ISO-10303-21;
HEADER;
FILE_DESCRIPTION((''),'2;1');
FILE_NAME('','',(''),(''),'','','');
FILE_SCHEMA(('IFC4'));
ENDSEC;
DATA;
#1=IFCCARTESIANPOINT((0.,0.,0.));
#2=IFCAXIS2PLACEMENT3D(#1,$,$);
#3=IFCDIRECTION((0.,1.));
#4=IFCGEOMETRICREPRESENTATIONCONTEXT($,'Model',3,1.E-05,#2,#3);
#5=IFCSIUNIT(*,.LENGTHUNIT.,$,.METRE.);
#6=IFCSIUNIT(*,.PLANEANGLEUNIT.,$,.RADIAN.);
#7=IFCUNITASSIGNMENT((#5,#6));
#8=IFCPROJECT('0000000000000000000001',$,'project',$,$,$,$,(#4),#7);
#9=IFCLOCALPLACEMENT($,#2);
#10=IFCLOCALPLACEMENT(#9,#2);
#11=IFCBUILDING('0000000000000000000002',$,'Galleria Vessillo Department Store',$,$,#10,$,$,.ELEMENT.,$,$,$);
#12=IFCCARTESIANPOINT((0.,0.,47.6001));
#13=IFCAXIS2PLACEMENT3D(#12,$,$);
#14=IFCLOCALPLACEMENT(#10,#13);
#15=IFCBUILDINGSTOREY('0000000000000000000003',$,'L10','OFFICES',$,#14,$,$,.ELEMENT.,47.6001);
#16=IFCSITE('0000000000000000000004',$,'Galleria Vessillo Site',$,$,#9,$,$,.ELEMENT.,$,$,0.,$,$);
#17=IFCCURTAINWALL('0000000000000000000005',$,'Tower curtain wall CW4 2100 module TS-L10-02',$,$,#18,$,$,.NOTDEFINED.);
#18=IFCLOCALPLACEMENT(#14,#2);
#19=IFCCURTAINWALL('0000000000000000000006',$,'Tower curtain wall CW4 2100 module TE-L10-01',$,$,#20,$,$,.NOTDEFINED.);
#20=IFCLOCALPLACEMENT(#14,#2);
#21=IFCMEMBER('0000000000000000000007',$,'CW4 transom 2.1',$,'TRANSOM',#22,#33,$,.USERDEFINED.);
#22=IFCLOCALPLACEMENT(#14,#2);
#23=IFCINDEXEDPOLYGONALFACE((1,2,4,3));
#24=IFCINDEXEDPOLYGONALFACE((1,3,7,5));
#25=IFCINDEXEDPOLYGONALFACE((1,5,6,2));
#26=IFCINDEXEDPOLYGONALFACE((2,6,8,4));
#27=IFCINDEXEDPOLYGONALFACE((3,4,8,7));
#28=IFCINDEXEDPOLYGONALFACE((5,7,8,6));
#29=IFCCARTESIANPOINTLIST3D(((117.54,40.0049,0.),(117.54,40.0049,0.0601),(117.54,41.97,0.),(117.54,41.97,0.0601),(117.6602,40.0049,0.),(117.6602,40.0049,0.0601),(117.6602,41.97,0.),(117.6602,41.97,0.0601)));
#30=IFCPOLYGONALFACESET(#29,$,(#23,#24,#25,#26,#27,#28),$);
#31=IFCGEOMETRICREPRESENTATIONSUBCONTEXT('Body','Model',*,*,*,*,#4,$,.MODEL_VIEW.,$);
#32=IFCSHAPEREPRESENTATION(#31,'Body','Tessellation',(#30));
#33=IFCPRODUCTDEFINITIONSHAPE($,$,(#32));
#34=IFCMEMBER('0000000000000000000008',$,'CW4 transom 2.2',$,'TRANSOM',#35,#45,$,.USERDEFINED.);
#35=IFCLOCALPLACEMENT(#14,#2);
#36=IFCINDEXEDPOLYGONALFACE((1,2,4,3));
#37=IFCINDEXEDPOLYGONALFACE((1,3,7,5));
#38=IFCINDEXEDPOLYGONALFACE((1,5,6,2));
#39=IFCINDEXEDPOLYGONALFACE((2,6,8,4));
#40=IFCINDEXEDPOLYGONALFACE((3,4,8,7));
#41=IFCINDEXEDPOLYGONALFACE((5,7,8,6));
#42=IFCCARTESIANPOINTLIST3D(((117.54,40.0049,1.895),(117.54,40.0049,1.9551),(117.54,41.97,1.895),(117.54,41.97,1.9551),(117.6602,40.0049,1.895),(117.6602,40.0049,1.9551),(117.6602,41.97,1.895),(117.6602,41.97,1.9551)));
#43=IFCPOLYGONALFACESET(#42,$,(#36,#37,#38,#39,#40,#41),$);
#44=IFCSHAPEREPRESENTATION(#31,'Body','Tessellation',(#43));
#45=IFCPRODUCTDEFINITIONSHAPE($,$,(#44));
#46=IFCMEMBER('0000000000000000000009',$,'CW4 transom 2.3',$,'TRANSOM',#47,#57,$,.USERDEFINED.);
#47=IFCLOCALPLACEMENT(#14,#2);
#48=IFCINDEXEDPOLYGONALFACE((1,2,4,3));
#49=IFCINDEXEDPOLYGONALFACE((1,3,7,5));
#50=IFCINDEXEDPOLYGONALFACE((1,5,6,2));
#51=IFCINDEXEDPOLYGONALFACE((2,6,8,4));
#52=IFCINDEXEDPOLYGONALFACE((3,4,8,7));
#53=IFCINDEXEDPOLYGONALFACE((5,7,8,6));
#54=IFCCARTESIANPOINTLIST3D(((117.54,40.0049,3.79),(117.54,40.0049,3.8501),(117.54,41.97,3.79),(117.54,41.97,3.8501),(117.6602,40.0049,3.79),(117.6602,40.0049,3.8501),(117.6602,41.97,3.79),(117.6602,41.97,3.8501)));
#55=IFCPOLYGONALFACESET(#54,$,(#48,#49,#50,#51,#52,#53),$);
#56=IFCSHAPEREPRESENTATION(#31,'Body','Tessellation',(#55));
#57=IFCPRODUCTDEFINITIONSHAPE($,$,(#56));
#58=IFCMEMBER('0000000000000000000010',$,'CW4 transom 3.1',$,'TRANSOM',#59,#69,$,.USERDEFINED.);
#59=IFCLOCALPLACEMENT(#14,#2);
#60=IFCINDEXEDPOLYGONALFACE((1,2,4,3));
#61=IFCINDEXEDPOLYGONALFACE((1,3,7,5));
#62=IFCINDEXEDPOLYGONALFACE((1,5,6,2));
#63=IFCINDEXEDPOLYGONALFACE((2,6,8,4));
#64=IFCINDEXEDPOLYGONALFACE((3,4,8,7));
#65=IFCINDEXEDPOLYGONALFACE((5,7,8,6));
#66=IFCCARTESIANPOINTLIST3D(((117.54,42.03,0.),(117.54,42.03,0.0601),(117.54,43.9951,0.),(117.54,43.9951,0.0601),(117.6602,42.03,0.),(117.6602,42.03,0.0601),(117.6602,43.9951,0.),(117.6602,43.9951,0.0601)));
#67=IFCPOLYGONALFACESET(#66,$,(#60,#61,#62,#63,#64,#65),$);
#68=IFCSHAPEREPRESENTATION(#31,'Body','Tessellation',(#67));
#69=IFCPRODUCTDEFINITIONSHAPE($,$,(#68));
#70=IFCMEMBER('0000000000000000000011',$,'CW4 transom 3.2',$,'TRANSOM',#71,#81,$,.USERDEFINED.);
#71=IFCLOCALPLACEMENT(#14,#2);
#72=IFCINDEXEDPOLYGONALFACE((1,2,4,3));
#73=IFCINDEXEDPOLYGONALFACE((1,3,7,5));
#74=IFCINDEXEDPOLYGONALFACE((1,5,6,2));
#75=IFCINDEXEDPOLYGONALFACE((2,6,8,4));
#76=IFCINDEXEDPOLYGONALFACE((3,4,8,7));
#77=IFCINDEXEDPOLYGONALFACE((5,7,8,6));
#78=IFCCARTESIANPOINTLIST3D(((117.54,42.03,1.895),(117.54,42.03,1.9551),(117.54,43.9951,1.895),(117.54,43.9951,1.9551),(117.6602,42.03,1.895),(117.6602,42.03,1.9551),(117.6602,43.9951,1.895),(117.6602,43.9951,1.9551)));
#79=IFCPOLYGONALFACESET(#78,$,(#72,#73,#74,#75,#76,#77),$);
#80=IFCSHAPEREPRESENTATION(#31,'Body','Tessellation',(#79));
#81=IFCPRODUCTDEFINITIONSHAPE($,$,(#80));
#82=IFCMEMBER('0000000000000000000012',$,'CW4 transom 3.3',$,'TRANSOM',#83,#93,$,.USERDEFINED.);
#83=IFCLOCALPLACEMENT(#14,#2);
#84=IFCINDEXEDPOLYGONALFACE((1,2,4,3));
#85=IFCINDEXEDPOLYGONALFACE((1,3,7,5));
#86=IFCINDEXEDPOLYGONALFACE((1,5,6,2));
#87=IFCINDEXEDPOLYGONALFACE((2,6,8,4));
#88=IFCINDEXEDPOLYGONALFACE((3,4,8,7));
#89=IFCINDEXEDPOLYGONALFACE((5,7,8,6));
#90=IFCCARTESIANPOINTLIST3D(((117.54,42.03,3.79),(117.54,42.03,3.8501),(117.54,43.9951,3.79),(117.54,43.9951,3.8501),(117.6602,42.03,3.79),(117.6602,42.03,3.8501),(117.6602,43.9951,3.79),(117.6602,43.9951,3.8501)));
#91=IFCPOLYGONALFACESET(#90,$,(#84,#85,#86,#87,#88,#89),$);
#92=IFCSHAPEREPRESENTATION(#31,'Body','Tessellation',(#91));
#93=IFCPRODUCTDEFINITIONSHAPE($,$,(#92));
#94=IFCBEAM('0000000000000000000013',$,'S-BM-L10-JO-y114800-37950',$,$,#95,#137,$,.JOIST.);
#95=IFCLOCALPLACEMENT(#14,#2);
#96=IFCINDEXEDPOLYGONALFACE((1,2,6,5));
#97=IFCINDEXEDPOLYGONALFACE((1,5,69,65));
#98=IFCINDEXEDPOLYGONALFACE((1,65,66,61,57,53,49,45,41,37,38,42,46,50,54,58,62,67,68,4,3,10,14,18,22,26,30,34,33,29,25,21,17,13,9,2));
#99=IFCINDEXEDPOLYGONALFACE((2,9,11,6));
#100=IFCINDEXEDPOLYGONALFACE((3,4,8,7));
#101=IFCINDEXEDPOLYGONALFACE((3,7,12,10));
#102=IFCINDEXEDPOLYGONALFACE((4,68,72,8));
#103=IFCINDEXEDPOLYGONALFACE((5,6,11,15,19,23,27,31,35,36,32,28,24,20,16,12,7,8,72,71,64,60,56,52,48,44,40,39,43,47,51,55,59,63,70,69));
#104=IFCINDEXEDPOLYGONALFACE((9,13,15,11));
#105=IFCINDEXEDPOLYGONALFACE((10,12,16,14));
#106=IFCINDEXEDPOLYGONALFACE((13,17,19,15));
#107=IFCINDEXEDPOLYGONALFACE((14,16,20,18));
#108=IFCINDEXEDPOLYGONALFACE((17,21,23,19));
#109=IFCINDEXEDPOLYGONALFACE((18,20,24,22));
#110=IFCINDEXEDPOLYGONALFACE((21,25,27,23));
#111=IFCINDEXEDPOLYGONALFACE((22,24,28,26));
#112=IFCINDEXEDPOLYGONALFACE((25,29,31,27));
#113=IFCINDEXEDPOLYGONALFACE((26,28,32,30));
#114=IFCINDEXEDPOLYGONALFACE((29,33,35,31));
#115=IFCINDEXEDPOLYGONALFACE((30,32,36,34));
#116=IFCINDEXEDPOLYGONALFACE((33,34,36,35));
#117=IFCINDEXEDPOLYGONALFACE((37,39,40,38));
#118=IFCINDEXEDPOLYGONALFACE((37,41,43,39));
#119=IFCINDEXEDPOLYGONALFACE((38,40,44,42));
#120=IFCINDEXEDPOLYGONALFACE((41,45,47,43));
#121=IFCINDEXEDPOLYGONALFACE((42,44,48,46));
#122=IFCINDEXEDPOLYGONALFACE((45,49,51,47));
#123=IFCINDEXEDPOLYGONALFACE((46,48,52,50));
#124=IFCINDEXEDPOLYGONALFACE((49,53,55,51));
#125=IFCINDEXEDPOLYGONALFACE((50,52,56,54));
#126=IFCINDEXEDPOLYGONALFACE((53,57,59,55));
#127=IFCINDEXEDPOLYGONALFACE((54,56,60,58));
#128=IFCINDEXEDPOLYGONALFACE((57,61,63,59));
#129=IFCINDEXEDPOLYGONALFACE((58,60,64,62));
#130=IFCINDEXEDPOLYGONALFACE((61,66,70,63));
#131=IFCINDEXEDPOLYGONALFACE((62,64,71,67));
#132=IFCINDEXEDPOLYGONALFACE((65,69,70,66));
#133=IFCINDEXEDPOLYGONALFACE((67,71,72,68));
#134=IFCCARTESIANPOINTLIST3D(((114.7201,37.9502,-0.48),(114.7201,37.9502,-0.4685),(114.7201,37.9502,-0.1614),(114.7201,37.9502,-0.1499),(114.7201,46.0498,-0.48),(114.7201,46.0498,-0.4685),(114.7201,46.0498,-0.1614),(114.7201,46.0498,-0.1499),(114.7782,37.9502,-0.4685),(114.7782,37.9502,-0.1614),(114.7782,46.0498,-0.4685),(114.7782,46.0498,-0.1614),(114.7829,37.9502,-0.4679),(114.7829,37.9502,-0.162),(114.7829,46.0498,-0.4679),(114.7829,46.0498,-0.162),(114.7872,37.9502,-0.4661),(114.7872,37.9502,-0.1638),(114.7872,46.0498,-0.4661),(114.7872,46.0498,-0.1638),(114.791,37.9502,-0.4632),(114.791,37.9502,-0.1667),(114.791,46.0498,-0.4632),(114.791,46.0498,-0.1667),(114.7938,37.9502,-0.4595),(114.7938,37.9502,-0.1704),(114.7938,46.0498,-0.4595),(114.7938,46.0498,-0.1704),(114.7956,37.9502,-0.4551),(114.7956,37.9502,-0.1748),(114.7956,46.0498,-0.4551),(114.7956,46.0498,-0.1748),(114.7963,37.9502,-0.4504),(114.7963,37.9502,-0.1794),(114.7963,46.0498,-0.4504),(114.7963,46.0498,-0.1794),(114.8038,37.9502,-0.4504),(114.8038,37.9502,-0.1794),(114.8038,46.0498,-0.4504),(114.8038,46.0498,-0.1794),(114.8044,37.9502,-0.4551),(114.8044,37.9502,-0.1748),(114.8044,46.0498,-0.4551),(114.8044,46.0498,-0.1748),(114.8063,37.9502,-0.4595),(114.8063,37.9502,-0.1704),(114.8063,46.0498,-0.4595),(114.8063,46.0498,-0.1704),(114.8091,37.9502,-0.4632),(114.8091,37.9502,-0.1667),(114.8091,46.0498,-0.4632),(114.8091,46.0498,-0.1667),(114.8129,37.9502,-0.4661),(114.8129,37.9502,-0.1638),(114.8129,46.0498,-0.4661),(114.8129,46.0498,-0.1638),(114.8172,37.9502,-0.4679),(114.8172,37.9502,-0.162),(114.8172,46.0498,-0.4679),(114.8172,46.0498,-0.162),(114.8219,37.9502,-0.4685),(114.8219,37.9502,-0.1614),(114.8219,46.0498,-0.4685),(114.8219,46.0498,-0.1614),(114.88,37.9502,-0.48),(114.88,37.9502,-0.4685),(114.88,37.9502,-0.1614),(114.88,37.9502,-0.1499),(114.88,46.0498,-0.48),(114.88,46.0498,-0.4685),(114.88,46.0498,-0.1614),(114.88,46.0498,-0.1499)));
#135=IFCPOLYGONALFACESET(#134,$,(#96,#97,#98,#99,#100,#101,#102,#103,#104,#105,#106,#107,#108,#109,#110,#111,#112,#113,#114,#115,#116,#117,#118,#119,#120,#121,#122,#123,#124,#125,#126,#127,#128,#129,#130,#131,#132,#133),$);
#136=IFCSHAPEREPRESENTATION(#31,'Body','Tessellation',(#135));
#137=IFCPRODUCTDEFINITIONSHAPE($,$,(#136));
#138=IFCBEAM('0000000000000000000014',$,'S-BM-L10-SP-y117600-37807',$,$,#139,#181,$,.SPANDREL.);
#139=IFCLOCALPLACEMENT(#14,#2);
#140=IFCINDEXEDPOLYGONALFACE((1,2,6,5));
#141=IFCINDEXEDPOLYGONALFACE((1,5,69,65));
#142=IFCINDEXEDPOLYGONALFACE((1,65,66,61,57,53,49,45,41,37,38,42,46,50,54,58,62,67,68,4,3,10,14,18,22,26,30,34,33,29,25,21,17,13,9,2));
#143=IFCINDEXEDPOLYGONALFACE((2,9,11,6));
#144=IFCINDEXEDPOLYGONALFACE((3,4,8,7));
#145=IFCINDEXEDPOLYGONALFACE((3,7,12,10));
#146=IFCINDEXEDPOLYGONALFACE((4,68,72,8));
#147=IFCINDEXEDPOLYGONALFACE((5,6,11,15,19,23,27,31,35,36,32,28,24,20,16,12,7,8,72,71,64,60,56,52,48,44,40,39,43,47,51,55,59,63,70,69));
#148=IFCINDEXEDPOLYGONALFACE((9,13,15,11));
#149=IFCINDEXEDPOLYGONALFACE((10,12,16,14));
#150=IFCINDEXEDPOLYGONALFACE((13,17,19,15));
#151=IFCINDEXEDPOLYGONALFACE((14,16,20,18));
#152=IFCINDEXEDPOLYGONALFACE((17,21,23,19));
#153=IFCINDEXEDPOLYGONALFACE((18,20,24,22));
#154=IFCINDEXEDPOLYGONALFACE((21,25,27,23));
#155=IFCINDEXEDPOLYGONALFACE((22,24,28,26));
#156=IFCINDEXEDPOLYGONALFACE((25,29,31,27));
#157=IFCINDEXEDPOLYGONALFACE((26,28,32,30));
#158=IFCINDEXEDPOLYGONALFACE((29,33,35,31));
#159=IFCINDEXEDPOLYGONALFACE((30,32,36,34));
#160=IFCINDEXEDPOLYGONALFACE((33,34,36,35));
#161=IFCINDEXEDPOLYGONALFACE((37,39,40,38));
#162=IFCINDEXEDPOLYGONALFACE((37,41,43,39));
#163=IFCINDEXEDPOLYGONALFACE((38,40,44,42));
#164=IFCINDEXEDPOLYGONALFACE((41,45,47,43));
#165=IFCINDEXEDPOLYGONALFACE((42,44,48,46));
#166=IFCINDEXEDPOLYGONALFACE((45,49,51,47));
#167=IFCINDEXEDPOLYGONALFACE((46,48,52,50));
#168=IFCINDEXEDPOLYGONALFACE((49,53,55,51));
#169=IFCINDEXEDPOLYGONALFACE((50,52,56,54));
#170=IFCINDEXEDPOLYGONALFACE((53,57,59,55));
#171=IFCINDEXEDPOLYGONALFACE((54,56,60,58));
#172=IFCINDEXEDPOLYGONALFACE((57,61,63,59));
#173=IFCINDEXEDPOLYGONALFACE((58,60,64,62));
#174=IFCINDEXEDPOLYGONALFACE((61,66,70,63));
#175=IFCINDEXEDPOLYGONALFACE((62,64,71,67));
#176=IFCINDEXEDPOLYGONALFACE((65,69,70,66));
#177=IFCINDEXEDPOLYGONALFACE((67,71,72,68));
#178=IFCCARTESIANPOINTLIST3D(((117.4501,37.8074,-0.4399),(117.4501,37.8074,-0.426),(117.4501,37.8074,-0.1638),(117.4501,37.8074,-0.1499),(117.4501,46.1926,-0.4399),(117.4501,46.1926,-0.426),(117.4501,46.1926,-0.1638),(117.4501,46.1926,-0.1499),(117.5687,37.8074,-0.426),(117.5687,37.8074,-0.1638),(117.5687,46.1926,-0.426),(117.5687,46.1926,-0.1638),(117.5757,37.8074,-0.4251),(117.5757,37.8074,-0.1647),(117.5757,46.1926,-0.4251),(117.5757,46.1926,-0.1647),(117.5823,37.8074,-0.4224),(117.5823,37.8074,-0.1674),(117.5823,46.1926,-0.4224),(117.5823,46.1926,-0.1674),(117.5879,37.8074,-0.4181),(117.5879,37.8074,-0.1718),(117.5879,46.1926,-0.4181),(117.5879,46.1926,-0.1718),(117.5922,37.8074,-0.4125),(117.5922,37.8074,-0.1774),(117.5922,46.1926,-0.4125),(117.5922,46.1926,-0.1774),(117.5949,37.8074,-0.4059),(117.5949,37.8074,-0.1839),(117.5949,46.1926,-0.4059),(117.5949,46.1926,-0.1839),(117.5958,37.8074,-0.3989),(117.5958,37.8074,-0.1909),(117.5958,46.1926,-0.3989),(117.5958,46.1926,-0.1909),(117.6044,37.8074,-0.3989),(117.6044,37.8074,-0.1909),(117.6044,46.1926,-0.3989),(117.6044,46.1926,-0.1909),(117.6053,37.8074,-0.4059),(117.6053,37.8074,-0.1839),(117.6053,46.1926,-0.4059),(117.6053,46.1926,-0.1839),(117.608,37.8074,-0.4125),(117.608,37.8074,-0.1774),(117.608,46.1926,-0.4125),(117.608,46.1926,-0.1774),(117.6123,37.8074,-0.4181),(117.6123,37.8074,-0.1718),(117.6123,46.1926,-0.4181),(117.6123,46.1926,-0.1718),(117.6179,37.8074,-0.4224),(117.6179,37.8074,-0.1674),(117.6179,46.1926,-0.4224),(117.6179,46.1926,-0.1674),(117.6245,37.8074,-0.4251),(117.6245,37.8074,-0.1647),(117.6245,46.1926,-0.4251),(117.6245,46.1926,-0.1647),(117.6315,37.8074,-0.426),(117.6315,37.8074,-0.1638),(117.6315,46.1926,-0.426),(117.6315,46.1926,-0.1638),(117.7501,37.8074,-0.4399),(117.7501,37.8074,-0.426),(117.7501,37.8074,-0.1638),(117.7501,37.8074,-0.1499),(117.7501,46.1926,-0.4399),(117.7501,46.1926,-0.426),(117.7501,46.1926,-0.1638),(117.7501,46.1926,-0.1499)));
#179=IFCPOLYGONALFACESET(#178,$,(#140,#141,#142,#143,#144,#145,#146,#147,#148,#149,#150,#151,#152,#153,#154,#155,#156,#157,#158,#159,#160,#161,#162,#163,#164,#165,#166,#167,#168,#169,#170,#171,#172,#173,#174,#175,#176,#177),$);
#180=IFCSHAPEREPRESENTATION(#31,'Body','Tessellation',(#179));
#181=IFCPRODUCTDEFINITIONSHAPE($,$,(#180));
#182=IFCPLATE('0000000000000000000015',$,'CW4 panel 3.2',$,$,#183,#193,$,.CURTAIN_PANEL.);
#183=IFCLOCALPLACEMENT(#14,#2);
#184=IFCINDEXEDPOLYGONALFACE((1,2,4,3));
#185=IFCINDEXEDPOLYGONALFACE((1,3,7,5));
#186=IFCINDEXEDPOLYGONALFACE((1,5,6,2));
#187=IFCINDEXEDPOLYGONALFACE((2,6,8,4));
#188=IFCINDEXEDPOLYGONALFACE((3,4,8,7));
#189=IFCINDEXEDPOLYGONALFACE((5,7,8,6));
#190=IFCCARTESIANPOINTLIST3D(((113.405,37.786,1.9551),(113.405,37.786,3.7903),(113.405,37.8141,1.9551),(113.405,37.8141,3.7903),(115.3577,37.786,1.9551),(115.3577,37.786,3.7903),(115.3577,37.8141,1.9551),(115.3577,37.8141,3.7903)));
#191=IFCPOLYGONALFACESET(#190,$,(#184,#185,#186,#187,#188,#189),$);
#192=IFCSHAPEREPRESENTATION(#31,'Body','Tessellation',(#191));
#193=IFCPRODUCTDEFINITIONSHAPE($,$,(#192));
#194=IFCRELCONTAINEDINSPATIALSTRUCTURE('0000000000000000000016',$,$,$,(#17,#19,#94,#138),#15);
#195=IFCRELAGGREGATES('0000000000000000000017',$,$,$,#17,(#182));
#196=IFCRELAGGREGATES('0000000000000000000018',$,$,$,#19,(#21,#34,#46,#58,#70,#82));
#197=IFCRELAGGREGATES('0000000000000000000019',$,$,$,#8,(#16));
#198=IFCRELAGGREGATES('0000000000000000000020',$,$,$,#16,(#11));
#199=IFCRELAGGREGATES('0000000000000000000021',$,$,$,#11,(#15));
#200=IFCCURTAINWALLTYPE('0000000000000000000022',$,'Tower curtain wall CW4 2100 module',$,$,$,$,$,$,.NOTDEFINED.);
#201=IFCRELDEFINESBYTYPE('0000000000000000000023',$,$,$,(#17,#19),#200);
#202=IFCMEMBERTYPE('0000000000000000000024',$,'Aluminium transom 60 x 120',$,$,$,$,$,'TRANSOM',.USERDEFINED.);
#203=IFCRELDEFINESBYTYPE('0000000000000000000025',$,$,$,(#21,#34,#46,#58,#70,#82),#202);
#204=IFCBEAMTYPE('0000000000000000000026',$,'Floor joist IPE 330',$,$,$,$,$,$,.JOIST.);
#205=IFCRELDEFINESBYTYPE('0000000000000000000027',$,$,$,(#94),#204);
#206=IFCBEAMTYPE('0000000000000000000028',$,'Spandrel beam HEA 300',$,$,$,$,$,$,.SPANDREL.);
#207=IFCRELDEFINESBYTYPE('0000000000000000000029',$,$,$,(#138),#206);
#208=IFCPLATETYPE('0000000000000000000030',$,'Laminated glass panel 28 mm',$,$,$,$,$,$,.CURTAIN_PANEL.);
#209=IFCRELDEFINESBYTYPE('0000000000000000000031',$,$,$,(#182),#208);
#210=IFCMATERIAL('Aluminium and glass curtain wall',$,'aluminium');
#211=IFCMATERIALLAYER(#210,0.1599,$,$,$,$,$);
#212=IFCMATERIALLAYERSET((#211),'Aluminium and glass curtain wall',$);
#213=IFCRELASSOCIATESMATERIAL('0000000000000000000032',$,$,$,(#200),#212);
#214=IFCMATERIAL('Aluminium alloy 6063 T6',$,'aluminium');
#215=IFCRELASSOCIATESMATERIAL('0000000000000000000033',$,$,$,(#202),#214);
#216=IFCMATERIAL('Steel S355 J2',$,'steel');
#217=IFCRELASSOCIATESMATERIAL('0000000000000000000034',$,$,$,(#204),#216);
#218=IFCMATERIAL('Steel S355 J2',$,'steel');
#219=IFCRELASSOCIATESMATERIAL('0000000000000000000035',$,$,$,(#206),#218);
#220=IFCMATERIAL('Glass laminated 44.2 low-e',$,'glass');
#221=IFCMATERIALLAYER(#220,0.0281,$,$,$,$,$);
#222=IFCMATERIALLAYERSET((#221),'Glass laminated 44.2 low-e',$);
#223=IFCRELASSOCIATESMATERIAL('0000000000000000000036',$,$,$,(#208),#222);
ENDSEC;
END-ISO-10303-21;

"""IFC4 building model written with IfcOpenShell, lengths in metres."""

from ifc_helpers import new_model, si_unit, direction, frame, origin, origin_2d, place, context, subcontext, project, spatial, rectangle, i_section, extrude, material, layer, layer_set, material_profile, profile_set, type_object, element, aggregate, save


model = new_model("IFC4")

# Units and contexts
model_context = context("Model", 3, precision=1e-05, world=origin(), true_north=direction((0.0, 1.0)))
body_context = subcontext(model_context, "Body", "Model", "MODEL_VIEW")
ifc_project = project(units=[si_unit("LENGTHUNIT", "METRE"), si_unit("PLANEANGLEUNIT", "RADIAN")], contexts=[model_context])

# Site, building, storey
site_placement = place(None, origin())
site = spatial("IfcSite", under=ifc_project, at=site_placement, Name="Galleria Vessillo Site", CompositionType="ELEMENT", RefElevation=0.0)
building_placement = place(site_placement, origin())
building = spatial("IfcBuilding", under=site, at=building_placement, Name="Galleria Vessillo Department Store", CompositionType="ELEMENT")
storey_placement = place(building_placement, frame((0.0, 0.0, 47.6001)))
storey = spatial("IfcBuildingStorey", under=building, at=storey_placement, Name="L10", Description="OFFICES", CompositionType="ELEMENT", Elevation=47.6001)

# Curtain walls
ifc_material_1 = material(Name="Aluminium and glass curtain wall", Category="aluminium")
ifc_layer_1 = layer(ifc_material_1, 0.1599)
ifc_layer_set_1 = layer_set([ifc_layer_1], Name="Aluminium and glass curtain wall")
curtain_wall_type = type_object("IfcCurtainWallType", Name="Tower curtain wall CW4 2100 module", PredefinedType="NOTDEFINED", material=ifc_layer_set_1)
curtain_wall_1_placement = place(storey_placement, origin())
curtain_wall_1 = element("IfcCurtainWall", 1, at=curtain_wall_1_placement, inside=storey, type_object=curtain_wall_type, Name="Tower curtain wall CW4 2100 module TS-L10-02", PredefinedType="NOTDEFINED")
curtain_wall_2_placement = place(storey_placement, origin())
curtain_wall_2 = element("IfcCurtainWall", 2, at=curtain_wall_2_placement, inside=storey, type_object=curtain_wall_type, Name="Tower curtain wall CW4 2100 module TE-L10-01", PredefinedType="NOTDEFINED")

# Members
ifc_material_2 = material(Name="Aluminium alloy 6063 T6", Category="aluminium")
ifc_material_profile_1 = material_profile(ifc_material_2, rectangle(XDim=0.1201, YDim=0.0601, at=origin_2d()), Name="AL 60x120")
ifc_profile_set_1 = profile_set([ifc_material_profile_1], Name="Aluminium alloy 6063 T6")
member_type_1 = type_object("IfcMemberType", Name="Aluminium transom 60 x 120", ElementType="TRANSOM", PredefinedType="USERDEFINED", material=ifc_profile_set_1)
member_1_placement = place(storey_placement, frame((117.6001, 40.0049, 0.03), z_axis=(0.0, 1.0, 0.0), x_axis=(-1.0, 0.0, 0.0)))
member_1 = element("IfcMember", 3, at=member_1_placement, type_object=member_type_1, Name="CW4 transom 2.1", ObjectType="TRANSOM", PredefinedType="USERDEFINED", context=body_context, shape_type="SweptSolid", body=[
    extrude(rectangle(XDim=0.1201, YDim=0.0601, at=origin_2d()), origin(), (0.0, 0.0, 1.0), 1.9651),
])
member_2_placement = place(storey_placement, frame((117.6001, 40.0049, 1.925), z_axis=(0.0, 1.0, 0.0), x_axis=(-1.0, 0.0, 0.0)))
member_2 = element("IfcMember", 4, at=member_2_placement, type_object=member_type_1, Name="CW4 transom 2.2", ObjectType="TRANSOM", PredefinedType="USERDEFINED", context=body_context, shape_type="SweptSolid", body=[
    extrude(rectangle(XDim=0.1201, YDim=0.0601, at=origin_2d()), origin(), (0.0, 0.0, 1.0), 1.9651),
])
member_3_placement = place(storey_placement, frame((117.6001, 40.0049, 3.8201), z_axis=(0.0, 1.0, 0.0), x_axis=(-1.0, 0.0, 0.0)))
member_3 = element("IfcMember", 5, at=member_3_placement, type_object=member_type_1, Name="CW4 transom 2.3", ObjectType="TRANSOM", PredefinedType="USERDEFINED", context=body_context, shape_type="SweptSolid", body=[
    extrude(rectangle(XDim=0.1201, YDim=0.0601, at=origin_2d()), origin(), (0.0, 0.0, 1.0), 1.9651),
])
member_4_placement = place(storey_placement, frame((117.6001, 42.03, 0.03), z_axis=(0.0, 1.0, 0.0), x_axis=(-1.0, 0.0, 0.0)))
member_4 = element("IfcMember", 6, at=member_4_placement, type_object=member_type_1, Name="CW4 transom 3.1", ObjectType="TRANSOM", PredefinedType="USERDEFINED", context=body_context, shape_type="SweptSolid", body=[
    extrude(rectangle(XDim=0.1201, YDim=0.0601, at=origin_2d()), origin(), (0.0, 0.0, 1.0), 1.9651),
])
member_5_placement = place(storey_placement, frame((117.6001, 42.03, 1.925), z_axis=(0.0, 1.0, 0.0), x_axis=(-1.0, 0.0, 0.0)))
member_5 = element("IfcMember", 7, at=member_5_placement, type_object=member_type_1, Name="CW4 transom 3.2", ObjectType="TRANSOM", PredefinedType="USERDEFINED", context=body_context, shape_type="SweptSolid", body=[
    extrude(rectangle(XDim=0.1201, YDim=0.0601, at=origin_2d()), origin(), (0.0, 0.0, 1.0), 1.9651),
])
member_6_placement = place(storey_placement, frame((117.6001, 42.03, 3.8201), z_axis=(0.0, 1.0, 0.0), x_axis=(-1.0, 0.0, 0.0)))
member_6 = element("IfcMember", 8, at=member_6_placement, type_object=member_type_1, Name="CW4 transom 3.3", ObjectType="TRANSOM", PredefinedType="USERDEFINED", context=body_context, shape_type="SweptSolid", body=[
    extrude(rectangle(XDim=0.1201, YDim=0.0601, at=origin_2d()), origin(), (0.0, 0.0, 1.0), 1.9651),
])

# Beams
ifc_material_3 = material(Name="Steel S355 J2", Category="steel")
ifc_material_profile_2 = material_profile(ifc_material_3, i_section(OverallWidth=0.1599, OverallDepth=0.3301, WebThickness=0.0076, FlangeThickness=0.0115, FilletRadius=0.0181, at=origin_2d()), Name="IPE 330")
ifc_profile_set_2 = profile_set([ifc_material_profile_2], Name="Steel S355 J2")
beam_type_1 = type_object("IfcBeamType", Name="Floor joist IPE 330", PredefinedType="JOIST", material=ifc_profile_set_2)
beam_1_placement = place(storey_placement, frame((114.8, 37.9502, -0.3149), z_axis=(0.0, 1.0, 0.0), x_axis=(-1.0, 0.0, 0.0)))
element("IfcBeam", 9, at=beam_1_placement, inside=storey, type_object=beam_type_1, Name="S-BM-L10-JO-y114800-37950", PredefinedType="JOIST", context=body_context, shape_type="SweptSolid", body=[
    extrude(i_section(OverallWidth=0.1599, OverallDepth=0.3301, WebThickness=0.0076, FlangeThickness=0.0115, FilletRadius=0.0181, at=origin_2d()), origin(), (0.0, 0.0, 1.0), 8.0996),
])
ifc_material_4 = material(Name="Steel S355 J2", Category="steel")
ifc_material_profile_3 = material_profile(ifc_material_4, i_section(OverallWidth=0.3, OverallDepth=0.29, WebThickness=0.0085, FlangeThickness=0.0139, FilletRadius=0.0271, at=origin_2d()), Name="HEA 300")
ifc_profile_set_3 = profile_set([ifc_material_profile_3], Name="Steel S355 J2")
beam_type_2 = type_object("IfcBeamType", Name="Spandrel beam HEA 300", PredefinedType="SPANDREL", material=ifc_profile_set_3)
beam_2_placement = place(storey_placement, frame((117.6001, 37.8074, -0.2949), z_axis=(0.0, 1.0, 0.0), x_axis=(-1.0, 0.0, 0.0)))
element("IfcBeam", 10, at=beam_2_placement, inside=storey, type_object=beam_type_2, Name="S-BM-L10-SP-y117600-37807", PredefinedType="SPANDREL", context=body_context, shape_type="SweptSolid", body=[
    extrude(i_section(OverallWidth=0.3, OverallDepth=0.29, WebThickness=0.0085, FlangeThickness=0.0139, FilletRadius=0.0271, at=origin_2d()), origin(), (0.0, 0.0, 1.0), 8.3853),
])

# Plate
ifc_material_5 = material(Name="Glass laminated 44.2 low-e", Category="glass")
ifc_layer_2 = layer(ifc_material_5, 0.0281)
ifc_layer_set_2 = layer_set([ifc_layer_2], Name="Glass laminated 44.2 low-e")
plate_type_1 = type_object("IfcPlateType", Name="Laminated glass panel 28 mm", PredefinedType="CURTAIN_PANEL", material=ifc_layer_set_2)
plate_1_placement = place(storey_placement, frame((114.3813, 37.8, 1.9551), z_axis=(0.0, 0.0, 1.0), x_axis=(1.0, 0.0, 0.0)))
plate_1 = element("IfcPlate", 11, at=plate_1_placement, type_object=plate_type_1, Name="CW4 panel 3.2", PredefinedType="CURTAIN_PANEL", context=body_context, shape_type="SweptSolid", body=[
    extrude(rectangle(XDim=1.9526, YDim=0.0281, at=origin_2d()), origin(), (0.0, 0.0, 1.0), 1.8352),
])
aggregate(curtain_wall_1, [plate_1])
aggregate(curtain_wall_2, [member_1, member_2, member_3, member_4, member_5, member_6])

save(model, "model.ifc")
